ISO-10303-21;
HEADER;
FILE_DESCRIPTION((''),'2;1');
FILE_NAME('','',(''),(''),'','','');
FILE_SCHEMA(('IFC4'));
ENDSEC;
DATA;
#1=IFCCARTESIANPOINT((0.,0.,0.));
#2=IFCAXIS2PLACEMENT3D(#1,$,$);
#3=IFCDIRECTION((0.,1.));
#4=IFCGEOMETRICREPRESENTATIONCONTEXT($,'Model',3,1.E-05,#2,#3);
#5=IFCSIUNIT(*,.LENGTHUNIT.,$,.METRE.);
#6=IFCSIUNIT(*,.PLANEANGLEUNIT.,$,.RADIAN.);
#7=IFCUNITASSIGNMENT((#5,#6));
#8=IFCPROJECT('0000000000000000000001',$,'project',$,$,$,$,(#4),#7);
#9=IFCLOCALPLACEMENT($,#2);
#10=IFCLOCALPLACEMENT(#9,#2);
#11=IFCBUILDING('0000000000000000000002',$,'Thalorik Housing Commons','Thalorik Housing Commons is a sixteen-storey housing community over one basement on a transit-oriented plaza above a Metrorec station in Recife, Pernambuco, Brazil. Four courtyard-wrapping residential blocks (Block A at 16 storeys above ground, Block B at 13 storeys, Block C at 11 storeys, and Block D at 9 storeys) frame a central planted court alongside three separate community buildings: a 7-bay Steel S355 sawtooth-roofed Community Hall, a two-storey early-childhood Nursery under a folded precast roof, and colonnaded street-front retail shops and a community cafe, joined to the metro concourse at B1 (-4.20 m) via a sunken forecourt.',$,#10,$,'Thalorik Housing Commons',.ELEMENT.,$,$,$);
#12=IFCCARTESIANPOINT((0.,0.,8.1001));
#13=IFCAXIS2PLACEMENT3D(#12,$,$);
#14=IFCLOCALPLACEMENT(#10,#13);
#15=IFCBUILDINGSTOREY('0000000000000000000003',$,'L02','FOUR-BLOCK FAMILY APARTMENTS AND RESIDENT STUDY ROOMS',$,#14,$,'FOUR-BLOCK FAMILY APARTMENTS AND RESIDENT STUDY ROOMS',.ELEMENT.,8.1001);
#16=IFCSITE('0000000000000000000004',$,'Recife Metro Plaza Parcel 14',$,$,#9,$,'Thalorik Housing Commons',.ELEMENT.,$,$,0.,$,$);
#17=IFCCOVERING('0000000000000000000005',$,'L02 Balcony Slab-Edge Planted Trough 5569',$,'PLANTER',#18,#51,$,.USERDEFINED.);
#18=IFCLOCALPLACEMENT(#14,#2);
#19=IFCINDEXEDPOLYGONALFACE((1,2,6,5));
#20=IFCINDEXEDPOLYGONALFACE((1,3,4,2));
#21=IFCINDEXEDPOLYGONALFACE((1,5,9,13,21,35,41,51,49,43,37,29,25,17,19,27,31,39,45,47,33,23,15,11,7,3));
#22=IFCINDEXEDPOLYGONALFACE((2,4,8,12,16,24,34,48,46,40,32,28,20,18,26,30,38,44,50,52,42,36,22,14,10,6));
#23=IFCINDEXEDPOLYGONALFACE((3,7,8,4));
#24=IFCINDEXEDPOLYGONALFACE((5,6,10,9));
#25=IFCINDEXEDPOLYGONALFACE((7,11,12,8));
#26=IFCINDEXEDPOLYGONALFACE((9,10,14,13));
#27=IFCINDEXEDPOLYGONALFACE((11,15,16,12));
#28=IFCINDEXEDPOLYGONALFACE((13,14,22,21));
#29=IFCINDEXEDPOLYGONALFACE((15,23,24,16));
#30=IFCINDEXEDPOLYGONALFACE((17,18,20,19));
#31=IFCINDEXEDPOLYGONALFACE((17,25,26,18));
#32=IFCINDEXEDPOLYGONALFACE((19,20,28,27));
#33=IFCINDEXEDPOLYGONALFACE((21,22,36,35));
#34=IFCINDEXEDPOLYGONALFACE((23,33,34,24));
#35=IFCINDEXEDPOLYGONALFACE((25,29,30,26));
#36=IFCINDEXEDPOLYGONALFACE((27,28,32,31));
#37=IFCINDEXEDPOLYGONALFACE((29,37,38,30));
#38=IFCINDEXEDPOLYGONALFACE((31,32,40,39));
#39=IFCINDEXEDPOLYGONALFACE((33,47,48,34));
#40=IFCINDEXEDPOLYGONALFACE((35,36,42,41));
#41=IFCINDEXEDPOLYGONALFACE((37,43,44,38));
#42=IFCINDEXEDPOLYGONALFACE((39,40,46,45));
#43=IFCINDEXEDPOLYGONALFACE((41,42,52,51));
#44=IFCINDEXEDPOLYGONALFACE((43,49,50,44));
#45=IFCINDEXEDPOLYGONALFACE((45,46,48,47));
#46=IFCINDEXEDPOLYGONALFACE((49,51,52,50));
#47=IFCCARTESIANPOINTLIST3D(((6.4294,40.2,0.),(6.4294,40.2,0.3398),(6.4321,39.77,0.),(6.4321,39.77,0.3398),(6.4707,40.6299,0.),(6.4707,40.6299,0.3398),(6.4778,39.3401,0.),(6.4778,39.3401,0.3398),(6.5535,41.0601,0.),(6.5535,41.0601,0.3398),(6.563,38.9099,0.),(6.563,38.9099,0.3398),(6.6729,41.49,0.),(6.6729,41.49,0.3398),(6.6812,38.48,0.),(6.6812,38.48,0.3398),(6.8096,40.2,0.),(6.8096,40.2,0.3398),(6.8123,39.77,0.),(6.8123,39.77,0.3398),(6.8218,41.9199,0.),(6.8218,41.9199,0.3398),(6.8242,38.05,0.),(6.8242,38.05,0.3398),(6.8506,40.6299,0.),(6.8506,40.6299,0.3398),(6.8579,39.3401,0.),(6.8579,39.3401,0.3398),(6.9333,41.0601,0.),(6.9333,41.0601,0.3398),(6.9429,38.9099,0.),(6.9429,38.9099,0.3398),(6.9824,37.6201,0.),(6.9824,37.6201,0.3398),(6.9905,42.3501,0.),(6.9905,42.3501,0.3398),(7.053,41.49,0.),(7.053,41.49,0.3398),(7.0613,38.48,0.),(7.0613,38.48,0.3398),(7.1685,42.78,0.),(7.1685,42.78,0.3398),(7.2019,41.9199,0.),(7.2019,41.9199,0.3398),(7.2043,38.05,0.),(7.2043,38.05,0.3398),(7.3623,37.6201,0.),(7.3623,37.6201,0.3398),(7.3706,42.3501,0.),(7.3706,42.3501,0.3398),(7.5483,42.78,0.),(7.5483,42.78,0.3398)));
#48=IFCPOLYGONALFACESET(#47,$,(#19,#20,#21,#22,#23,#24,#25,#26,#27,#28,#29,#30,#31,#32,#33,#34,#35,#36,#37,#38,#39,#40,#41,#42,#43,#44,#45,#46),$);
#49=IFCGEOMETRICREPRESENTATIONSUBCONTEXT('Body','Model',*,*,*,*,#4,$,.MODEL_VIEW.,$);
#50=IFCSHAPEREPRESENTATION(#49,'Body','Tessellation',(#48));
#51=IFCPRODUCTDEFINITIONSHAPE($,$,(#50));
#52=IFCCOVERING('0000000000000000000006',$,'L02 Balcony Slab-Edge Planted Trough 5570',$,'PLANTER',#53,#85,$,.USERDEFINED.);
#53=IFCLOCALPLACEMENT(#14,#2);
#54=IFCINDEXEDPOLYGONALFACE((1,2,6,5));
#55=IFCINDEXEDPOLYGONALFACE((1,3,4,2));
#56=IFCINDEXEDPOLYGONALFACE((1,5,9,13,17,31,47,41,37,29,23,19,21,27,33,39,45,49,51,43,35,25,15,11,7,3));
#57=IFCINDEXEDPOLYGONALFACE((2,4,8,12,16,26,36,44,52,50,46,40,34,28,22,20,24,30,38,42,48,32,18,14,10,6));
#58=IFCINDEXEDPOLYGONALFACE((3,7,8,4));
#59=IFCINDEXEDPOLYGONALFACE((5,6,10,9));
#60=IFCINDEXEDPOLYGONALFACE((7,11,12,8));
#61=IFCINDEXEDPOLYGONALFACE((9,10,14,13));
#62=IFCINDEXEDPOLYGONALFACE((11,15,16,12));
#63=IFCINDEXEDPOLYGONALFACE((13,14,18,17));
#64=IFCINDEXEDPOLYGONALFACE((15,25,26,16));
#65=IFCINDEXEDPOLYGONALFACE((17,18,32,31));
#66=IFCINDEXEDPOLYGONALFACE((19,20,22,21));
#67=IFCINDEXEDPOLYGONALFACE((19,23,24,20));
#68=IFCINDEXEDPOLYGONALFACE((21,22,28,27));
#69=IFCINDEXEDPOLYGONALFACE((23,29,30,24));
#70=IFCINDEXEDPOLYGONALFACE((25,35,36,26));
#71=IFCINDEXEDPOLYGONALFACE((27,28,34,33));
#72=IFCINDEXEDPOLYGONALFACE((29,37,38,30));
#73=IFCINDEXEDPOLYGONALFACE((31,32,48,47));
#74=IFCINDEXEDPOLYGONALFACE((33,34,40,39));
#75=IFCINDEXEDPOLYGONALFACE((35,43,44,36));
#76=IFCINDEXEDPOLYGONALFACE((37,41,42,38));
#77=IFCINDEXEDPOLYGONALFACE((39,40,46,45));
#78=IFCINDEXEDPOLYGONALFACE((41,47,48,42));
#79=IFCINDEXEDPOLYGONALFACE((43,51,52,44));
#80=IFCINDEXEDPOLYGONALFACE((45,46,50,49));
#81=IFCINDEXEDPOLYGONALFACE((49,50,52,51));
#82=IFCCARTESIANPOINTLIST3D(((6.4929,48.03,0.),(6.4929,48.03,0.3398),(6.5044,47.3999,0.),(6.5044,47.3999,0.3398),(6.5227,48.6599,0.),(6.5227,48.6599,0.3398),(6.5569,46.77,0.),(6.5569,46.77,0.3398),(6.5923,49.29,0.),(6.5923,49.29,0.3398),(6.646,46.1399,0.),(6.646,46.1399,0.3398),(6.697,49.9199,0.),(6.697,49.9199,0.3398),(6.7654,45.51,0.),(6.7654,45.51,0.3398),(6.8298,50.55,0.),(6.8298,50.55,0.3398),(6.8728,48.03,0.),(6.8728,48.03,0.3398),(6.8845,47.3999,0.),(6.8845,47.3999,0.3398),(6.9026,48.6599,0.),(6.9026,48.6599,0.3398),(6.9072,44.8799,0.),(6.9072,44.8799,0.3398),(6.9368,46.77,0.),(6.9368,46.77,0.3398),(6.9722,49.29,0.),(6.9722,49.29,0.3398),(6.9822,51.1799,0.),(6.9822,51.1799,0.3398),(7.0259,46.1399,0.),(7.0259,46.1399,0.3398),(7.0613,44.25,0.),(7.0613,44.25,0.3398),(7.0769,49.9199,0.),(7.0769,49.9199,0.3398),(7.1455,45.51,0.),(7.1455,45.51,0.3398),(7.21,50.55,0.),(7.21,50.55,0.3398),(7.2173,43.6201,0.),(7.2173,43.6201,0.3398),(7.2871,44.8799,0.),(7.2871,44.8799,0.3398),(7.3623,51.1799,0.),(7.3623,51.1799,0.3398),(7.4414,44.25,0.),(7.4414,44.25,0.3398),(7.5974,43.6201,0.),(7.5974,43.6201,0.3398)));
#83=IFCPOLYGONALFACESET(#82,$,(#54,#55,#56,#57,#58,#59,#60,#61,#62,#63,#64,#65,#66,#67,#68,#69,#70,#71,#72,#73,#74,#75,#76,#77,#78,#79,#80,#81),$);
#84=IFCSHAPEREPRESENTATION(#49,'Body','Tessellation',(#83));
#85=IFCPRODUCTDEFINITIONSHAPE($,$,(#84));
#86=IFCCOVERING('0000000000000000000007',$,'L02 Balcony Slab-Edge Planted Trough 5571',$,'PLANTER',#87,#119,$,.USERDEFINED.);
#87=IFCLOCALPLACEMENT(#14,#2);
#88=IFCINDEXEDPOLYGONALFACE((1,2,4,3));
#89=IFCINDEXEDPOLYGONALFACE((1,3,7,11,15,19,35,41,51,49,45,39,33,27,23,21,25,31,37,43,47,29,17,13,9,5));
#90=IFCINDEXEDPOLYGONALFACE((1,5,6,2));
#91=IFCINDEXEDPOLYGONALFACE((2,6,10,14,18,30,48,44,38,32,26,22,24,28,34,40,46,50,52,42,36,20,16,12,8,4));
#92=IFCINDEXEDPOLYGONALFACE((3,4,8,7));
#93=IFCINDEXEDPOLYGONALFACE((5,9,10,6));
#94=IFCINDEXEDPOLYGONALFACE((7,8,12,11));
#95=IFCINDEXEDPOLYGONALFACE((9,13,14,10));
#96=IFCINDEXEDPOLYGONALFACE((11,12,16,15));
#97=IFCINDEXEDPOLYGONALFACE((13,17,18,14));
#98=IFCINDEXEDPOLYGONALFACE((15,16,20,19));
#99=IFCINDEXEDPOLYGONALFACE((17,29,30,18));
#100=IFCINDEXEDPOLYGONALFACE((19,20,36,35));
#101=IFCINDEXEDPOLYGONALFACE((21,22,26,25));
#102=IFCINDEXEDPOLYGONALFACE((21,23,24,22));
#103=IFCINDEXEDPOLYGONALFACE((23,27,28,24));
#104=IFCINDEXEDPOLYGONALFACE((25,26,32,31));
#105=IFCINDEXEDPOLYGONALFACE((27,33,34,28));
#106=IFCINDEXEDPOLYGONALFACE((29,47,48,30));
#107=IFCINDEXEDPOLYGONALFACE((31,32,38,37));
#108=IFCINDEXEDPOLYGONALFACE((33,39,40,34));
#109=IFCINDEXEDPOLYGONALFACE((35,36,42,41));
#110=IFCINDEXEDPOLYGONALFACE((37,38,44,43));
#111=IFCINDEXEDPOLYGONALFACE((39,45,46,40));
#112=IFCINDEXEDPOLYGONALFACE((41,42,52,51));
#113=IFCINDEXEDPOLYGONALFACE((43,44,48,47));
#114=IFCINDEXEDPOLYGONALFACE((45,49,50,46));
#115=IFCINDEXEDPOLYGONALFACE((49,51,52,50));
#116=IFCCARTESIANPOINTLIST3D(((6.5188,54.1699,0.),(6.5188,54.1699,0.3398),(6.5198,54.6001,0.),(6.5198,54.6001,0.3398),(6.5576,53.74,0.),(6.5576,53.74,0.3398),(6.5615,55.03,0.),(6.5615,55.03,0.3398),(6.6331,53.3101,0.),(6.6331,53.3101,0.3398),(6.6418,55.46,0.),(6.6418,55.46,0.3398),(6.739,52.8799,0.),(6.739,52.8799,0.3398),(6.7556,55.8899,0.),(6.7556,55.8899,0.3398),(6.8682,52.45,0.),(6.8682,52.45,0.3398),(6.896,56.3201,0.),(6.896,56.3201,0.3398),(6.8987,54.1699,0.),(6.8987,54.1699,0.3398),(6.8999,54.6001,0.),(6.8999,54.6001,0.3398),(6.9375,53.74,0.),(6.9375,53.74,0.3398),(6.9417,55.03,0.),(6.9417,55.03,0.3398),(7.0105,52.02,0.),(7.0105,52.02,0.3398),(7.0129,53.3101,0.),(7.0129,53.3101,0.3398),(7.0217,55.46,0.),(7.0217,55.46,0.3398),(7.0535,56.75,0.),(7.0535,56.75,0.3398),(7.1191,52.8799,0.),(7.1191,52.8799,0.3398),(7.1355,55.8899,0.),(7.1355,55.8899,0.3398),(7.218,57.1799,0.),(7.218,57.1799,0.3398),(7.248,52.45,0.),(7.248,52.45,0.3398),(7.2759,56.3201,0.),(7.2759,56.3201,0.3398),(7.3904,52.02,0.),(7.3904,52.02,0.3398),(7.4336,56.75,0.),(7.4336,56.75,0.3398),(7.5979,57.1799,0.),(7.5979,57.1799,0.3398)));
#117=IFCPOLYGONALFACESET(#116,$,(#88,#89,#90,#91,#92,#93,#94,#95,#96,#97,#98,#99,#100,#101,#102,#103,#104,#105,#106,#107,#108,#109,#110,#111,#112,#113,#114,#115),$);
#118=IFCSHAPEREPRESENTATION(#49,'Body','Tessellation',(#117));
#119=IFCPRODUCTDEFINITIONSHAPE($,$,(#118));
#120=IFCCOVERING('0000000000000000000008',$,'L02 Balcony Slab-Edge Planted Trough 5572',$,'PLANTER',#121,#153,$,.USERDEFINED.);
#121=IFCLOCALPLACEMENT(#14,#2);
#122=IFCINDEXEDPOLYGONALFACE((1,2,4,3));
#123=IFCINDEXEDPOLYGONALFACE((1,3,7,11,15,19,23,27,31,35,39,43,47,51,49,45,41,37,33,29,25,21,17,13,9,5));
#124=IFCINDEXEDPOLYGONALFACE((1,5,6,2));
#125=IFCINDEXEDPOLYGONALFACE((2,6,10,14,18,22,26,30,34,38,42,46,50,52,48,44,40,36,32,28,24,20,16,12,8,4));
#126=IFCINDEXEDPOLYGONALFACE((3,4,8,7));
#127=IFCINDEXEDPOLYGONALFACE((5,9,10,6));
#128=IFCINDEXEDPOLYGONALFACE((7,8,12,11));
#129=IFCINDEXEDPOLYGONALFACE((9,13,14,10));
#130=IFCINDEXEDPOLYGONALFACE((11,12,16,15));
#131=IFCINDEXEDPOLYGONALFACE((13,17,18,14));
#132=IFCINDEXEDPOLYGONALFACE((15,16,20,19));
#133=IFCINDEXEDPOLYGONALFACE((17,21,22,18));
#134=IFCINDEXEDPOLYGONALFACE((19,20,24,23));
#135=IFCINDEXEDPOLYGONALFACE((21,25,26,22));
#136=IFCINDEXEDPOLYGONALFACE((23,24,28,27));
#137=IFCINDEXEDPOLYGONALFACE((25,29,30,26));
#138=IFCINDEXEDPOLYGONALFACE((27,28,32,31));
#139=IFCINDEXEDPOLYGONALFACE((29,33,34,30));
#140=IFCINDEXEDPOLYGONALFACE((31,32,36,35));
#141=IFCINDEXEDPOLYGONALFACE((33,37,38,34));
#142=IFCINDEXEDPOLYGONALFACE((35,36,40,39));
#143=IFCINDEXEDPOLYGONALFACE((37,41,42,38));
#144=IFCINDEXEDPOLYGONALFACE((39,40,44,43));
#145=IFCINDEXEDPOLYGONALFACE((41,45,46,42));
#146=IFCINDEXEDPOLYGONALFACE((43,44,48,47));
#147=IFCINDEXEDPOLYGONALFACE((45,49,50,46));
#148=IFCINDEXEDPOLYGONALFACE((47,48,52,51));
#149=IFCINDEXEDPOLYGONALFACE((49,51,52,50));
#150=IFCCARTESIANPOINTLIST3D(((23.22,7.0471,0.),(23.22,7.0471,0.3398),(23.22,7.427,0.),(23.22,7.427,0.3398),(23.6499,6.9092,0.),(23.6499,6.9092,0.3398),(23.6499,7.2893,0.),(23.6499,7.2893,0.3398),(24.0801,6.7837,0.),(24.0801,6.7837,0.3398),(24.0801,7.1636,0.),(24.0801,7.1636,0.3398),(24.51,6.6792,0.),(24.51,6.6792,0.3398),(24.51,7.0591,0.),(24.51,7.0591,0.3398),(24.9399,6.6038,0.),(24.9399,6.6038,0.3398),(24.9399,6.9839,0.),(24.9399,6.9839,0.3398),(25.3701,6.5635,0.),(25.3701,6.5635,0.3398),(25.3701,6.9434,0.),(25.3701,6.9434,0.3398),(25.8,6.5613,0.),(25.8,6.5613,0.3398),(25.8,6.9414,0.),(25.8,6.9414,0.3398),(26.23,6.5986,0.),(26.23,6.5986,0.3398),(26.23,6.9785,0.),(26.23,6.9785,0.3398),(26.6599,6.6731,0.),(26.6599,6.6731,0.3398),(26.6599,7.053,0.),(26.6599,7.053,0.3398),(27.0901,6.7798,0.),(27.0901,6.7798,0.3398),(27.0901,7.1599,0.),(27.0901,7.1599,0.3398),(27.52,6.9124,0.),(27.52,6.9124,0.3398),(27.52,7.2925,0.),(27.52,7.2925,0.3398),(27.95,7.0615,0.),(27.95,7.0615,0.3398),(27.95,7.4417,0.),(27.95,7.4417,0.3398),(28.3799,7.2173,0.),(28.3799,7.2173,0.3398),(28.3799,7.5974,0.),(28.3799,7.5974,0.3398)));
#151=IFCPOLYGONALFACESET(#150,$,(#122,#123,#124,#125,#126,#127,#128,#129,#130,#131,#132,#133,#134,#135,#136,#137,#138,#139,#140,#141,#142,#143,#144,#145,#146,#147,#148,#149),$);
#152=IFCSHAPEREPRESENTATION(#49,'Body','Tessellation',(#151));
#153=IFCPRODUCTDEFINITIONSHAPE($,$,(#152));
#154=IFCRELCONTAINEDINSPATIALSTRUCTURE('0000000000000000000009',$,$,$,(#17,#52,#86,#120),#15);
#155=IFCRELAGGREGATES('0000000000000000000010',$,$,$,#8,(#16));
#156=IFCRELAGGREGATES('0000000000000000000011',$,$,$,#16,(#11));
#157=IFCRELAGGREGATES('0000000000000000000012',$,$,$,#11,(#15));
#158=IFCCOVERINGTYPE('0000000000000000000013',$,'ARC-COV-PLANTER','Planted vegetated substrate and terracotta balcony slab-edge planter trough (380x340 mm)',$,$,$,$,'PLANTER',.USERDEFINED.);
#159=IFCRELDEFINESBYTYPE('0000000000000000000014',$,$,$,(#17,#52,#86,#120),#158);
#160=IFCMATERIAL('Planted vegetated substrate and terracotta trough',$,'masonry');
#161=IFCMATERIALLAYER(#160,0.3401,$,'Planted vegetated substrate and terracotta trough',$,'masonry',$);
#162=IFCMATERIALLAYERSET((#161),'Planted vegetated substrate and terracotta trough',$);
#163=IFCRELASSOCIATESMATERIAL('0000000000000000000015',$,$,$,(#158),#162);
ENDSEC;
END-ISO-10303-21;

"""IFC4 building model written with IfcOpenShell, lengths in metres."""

from ifc_helpers import new_model, si_unit, direction, frame, origin, place, context, subcontext, project, spatial, polyline, outline, extrude, material, layer, layer_set, type_object, element, save


model = new_model("IFC4")

# Units and contexts
model_context = context("Model", 3, precision=1e-05, world=origin(), true_north=direction((0.0, 1.0)))
body_context = subcontext(model_context, "Body", "Model", "MODEL_VIEW")
ifc_project = project(units=[si_unit("LENGTHUNIT", "METRE"), si_unit("PLANEANGLEUNIT", "RADIAN")], contexts=[model_context])

# Site, building, storey
site_placement = place(None, origin())
site = spatial("IfcSite", under=ifc_project, at=site_placement, Name="Recife Metro Plaza Parcel 14", LongName="Thalorik Housing Commons", CompositionType="ELEMENT", RefElevation=0.0)
building_placement = place(site_placement, origin())
building = spatial("IfcBuilding", under=site, at=building_placement, Name="Thalorik Housing Commons", Description="Thalorik Housing Commons is a sixteen-storey housing community over one basement on a transit-oriented plaza above a Metrorec station in Recife, Pernambuco, Brazil. Four courtyard-wrapping residential blocks (Block A at 16 storeys above ground, Block B at 13 storeys, Block C at 11 storeys, and Block D at 9 storeys) frame a central planted court alongside three separate community buildings: a 7-bay Steel S355 sawtooth-roofed Community Hall, a two-storey early-childhood Nursery under a folded precast roof, and colonnaded street-front retail shops and a community cafe, joined to the metro concourse at B1 (-4.20 m) via a sunken forecourt.", LongName="Thalorik Housing Commons", CompositionType="ELEMENT")
storey_placement = place(building_placement, frame((0.0, 0.0, 8.1001)))
storey = spatial("IfcBuildingStorey", under=building, at=storey_placement, Name="L02", Description="FOUR-BLOCK FAMILY APARTMENTS AND RESIDENT STUDY ROOMS", LongName="FOUR-BLOCK FAMILY APARTMENTS AND RESIDENT STUDY ROOMS", CompositionType="ELEMENT", Elevation=8.1001)

# Coverings
ifc_material_1 = material(Name="Planted vegetated substrate and terracotta trough", Category="masonry")
ifc_layer_1 = layer(ifc_material_1, 0.3401, Name="Planted vegetated substrate and terracotta trough", Category="masonry")
ifc_layer_set_1 = layer_set([ifc_layer_1], Name="Planted vegetated substrate and terracotta trough")
covering_type_1 = type_object("IfcCoveringType", Name="ARC-COV-PLANTER", Description="Planted vegetated substrate and terracotta balcony slab-edge planter trough (380x340 mm)", ElementType="PLANTER", PredefinedType="USERDEFINED", material=ifc_layer_set_1)
covering_1_placement = place(storey_placement, origin())
element("IfcCovering", 1, at=covering_1_placement, inside=storey, type_object=covering_type_1, Name="L02 Balcony Slab-Edge Planted Trough 5569", ObjectType="PLANTER", PredefinedType="USERDEFINED", context=body_context, shape_type="SweptSolid", body=[
    extrude(outline(polyline([(7.1685, 42.78), (6.9905, 42.3501), (6.8218, 41.9199), (6.6729, 41.49), (6.5535, 41.0601), (6.4707, 40.6299), (6.4294, 40.2), (6.4321, 39.77), (6.4778, 39.3401), (6.563, 38.9099), (6.6812, 38.48), (6.8242, 38.05), (6.9824, 37.6201), (7.3623, 37.6201), (7.2043, 38.05), (7.0613, 38.48), (6.9429, 38.9099), (6.8579, 39.3401), (6.8123, 39.77), (6.8096, 40.2), (6.8506, 40.6299), (6.9333, 41.0601), (7.053, 41.49), (7.2019, 41.9199), (7.3706, 42.3501), (7.5483, 42.78), (7.1685, 42.78)])), origin(), (0.0, 0.0, 1.0), 0.3398),
])
covering_2_placement = place(storey_placement, origin())
element("IfcCovering", 2, at=covering_2_placement, inside=storey, type_object=covering_type_1, Name="L02 Balcony Slab-Edge Planted Trough 5570", ObjectType="PLANTER", PredefinedType="USERDEFINED", context=body_context, shape_type="SweptSolid", body=[
    extrude(outline(polyline([(6.9822, 51.1799), (6.8298, 50.55), (6.697, 49.9199), (6.5923, 49.29), (6.5227, 48.6599), (6.4929, 48.03), (6.5044, 47.3999), (6.5569, 46.77), (6.646, 46.1399), (6.7654, 45.51), (6.9072, 44.8799), (7.0613, 44.25), (7.2173, 43.6201), (7.5974, 43.6201), (7.4414, 44.25), (7.2871, 44.8799), (7.1455, 45.51), (7.0259, 46.1399), (6.9368, 46.77), (6.8845, 47.3999), (6.8728, 48.03), (6.9026, 48.6599), (6.9722, 49.29), (7.0769, 49.9199), (7.21, 50.55), (7.3623, 51.1799), (6.9822, 51.1799)])), origin(), (0.0, 0.0, 1.0), 0.3398),
])
covering_3_placement = place(storey_placement, origin())
element("IfcCovering", 3, at=covering_3_placement, inside=storey, type_object=covering_type_1, Name="L02 Balcony Slab-Edge Planted Trough 5571", ObjectType="PLANTER", PredefinedType="USERDEFINED", context=body_context, shape_type="SweptSolid", body=[
    extrude(outline(polyline([(7.218, 57.1799), (7.0535, 56.75), (6.896, 56.3201), (6.7556, 55.8899), (6.6418, 55.46), (6.5615, 55.03), (6.5198, 54.6001), (6.5188, 54.1699), (6.5576, 53.74), (6.6331, 53.3101), (6.739, 52.8799), (6.8682, 52.45), (7.0105, 52.02), (7.3904, 52.02), (7.248, 52.45), (7.1191, 52.8799), (7.0129, 53.3101), (6.9375, 53.74), (6.8987, 54.1699), (6.8999, 54.6001), (6.9417, 55.03), (7.0217, 55.46), (7.1355, 55.8899), (7.2759, 56.3201), (7.4336, 56.75), (7.5979, 57.1799), (7.218, 57.1799)])), origin(), (0.0, 0.0, 1.0), 0.3398),
])
covering_4_placement = place(storey_placement, origin())
element("IfcCovering", 4, at=covering_4_placement, inside=storey, type_object=covering_type_1, Name="L02 Balcony Slab-Edge Planted Trough 5572", ObjectType="PLANTER", PredefinedType="USERDEFINED", context=body_context, shape_type="SweptSolid", body=[
    extrude(outline(polyline([(23.22, 7.0471), (23.6499, 6.9092), (24.0801, 6.7837), (24.51, 6.6792), (24.9399, 6.6038), (25.3701, 6.5635), (25.8, 6.5613), (26.23, 6.5986), (26.6599, 6.6731), (27.0901, 6.7798), (27.52, 6.9124), (27.95, 7.0615), (28.3799, 7.2173), (28.3799, 7.5974), (27.95, 7.4417), (27.52, 7.2925), (27.0901, 7.1599), (26.6599, 7.053), (26.23, 6.9785), (25.8, 6.9414), (25.3701, 6.9434), (24.9399, 6.9839), (24.51, 7.0591), (24.0801, 7.1636), (23.6499, 7.2893), (23.22, 7.427), (23.22, 7.0471)])), origin(), (0.0, 0.0, 1.0), 0.3398),
])

save(model, "model.ifc")
